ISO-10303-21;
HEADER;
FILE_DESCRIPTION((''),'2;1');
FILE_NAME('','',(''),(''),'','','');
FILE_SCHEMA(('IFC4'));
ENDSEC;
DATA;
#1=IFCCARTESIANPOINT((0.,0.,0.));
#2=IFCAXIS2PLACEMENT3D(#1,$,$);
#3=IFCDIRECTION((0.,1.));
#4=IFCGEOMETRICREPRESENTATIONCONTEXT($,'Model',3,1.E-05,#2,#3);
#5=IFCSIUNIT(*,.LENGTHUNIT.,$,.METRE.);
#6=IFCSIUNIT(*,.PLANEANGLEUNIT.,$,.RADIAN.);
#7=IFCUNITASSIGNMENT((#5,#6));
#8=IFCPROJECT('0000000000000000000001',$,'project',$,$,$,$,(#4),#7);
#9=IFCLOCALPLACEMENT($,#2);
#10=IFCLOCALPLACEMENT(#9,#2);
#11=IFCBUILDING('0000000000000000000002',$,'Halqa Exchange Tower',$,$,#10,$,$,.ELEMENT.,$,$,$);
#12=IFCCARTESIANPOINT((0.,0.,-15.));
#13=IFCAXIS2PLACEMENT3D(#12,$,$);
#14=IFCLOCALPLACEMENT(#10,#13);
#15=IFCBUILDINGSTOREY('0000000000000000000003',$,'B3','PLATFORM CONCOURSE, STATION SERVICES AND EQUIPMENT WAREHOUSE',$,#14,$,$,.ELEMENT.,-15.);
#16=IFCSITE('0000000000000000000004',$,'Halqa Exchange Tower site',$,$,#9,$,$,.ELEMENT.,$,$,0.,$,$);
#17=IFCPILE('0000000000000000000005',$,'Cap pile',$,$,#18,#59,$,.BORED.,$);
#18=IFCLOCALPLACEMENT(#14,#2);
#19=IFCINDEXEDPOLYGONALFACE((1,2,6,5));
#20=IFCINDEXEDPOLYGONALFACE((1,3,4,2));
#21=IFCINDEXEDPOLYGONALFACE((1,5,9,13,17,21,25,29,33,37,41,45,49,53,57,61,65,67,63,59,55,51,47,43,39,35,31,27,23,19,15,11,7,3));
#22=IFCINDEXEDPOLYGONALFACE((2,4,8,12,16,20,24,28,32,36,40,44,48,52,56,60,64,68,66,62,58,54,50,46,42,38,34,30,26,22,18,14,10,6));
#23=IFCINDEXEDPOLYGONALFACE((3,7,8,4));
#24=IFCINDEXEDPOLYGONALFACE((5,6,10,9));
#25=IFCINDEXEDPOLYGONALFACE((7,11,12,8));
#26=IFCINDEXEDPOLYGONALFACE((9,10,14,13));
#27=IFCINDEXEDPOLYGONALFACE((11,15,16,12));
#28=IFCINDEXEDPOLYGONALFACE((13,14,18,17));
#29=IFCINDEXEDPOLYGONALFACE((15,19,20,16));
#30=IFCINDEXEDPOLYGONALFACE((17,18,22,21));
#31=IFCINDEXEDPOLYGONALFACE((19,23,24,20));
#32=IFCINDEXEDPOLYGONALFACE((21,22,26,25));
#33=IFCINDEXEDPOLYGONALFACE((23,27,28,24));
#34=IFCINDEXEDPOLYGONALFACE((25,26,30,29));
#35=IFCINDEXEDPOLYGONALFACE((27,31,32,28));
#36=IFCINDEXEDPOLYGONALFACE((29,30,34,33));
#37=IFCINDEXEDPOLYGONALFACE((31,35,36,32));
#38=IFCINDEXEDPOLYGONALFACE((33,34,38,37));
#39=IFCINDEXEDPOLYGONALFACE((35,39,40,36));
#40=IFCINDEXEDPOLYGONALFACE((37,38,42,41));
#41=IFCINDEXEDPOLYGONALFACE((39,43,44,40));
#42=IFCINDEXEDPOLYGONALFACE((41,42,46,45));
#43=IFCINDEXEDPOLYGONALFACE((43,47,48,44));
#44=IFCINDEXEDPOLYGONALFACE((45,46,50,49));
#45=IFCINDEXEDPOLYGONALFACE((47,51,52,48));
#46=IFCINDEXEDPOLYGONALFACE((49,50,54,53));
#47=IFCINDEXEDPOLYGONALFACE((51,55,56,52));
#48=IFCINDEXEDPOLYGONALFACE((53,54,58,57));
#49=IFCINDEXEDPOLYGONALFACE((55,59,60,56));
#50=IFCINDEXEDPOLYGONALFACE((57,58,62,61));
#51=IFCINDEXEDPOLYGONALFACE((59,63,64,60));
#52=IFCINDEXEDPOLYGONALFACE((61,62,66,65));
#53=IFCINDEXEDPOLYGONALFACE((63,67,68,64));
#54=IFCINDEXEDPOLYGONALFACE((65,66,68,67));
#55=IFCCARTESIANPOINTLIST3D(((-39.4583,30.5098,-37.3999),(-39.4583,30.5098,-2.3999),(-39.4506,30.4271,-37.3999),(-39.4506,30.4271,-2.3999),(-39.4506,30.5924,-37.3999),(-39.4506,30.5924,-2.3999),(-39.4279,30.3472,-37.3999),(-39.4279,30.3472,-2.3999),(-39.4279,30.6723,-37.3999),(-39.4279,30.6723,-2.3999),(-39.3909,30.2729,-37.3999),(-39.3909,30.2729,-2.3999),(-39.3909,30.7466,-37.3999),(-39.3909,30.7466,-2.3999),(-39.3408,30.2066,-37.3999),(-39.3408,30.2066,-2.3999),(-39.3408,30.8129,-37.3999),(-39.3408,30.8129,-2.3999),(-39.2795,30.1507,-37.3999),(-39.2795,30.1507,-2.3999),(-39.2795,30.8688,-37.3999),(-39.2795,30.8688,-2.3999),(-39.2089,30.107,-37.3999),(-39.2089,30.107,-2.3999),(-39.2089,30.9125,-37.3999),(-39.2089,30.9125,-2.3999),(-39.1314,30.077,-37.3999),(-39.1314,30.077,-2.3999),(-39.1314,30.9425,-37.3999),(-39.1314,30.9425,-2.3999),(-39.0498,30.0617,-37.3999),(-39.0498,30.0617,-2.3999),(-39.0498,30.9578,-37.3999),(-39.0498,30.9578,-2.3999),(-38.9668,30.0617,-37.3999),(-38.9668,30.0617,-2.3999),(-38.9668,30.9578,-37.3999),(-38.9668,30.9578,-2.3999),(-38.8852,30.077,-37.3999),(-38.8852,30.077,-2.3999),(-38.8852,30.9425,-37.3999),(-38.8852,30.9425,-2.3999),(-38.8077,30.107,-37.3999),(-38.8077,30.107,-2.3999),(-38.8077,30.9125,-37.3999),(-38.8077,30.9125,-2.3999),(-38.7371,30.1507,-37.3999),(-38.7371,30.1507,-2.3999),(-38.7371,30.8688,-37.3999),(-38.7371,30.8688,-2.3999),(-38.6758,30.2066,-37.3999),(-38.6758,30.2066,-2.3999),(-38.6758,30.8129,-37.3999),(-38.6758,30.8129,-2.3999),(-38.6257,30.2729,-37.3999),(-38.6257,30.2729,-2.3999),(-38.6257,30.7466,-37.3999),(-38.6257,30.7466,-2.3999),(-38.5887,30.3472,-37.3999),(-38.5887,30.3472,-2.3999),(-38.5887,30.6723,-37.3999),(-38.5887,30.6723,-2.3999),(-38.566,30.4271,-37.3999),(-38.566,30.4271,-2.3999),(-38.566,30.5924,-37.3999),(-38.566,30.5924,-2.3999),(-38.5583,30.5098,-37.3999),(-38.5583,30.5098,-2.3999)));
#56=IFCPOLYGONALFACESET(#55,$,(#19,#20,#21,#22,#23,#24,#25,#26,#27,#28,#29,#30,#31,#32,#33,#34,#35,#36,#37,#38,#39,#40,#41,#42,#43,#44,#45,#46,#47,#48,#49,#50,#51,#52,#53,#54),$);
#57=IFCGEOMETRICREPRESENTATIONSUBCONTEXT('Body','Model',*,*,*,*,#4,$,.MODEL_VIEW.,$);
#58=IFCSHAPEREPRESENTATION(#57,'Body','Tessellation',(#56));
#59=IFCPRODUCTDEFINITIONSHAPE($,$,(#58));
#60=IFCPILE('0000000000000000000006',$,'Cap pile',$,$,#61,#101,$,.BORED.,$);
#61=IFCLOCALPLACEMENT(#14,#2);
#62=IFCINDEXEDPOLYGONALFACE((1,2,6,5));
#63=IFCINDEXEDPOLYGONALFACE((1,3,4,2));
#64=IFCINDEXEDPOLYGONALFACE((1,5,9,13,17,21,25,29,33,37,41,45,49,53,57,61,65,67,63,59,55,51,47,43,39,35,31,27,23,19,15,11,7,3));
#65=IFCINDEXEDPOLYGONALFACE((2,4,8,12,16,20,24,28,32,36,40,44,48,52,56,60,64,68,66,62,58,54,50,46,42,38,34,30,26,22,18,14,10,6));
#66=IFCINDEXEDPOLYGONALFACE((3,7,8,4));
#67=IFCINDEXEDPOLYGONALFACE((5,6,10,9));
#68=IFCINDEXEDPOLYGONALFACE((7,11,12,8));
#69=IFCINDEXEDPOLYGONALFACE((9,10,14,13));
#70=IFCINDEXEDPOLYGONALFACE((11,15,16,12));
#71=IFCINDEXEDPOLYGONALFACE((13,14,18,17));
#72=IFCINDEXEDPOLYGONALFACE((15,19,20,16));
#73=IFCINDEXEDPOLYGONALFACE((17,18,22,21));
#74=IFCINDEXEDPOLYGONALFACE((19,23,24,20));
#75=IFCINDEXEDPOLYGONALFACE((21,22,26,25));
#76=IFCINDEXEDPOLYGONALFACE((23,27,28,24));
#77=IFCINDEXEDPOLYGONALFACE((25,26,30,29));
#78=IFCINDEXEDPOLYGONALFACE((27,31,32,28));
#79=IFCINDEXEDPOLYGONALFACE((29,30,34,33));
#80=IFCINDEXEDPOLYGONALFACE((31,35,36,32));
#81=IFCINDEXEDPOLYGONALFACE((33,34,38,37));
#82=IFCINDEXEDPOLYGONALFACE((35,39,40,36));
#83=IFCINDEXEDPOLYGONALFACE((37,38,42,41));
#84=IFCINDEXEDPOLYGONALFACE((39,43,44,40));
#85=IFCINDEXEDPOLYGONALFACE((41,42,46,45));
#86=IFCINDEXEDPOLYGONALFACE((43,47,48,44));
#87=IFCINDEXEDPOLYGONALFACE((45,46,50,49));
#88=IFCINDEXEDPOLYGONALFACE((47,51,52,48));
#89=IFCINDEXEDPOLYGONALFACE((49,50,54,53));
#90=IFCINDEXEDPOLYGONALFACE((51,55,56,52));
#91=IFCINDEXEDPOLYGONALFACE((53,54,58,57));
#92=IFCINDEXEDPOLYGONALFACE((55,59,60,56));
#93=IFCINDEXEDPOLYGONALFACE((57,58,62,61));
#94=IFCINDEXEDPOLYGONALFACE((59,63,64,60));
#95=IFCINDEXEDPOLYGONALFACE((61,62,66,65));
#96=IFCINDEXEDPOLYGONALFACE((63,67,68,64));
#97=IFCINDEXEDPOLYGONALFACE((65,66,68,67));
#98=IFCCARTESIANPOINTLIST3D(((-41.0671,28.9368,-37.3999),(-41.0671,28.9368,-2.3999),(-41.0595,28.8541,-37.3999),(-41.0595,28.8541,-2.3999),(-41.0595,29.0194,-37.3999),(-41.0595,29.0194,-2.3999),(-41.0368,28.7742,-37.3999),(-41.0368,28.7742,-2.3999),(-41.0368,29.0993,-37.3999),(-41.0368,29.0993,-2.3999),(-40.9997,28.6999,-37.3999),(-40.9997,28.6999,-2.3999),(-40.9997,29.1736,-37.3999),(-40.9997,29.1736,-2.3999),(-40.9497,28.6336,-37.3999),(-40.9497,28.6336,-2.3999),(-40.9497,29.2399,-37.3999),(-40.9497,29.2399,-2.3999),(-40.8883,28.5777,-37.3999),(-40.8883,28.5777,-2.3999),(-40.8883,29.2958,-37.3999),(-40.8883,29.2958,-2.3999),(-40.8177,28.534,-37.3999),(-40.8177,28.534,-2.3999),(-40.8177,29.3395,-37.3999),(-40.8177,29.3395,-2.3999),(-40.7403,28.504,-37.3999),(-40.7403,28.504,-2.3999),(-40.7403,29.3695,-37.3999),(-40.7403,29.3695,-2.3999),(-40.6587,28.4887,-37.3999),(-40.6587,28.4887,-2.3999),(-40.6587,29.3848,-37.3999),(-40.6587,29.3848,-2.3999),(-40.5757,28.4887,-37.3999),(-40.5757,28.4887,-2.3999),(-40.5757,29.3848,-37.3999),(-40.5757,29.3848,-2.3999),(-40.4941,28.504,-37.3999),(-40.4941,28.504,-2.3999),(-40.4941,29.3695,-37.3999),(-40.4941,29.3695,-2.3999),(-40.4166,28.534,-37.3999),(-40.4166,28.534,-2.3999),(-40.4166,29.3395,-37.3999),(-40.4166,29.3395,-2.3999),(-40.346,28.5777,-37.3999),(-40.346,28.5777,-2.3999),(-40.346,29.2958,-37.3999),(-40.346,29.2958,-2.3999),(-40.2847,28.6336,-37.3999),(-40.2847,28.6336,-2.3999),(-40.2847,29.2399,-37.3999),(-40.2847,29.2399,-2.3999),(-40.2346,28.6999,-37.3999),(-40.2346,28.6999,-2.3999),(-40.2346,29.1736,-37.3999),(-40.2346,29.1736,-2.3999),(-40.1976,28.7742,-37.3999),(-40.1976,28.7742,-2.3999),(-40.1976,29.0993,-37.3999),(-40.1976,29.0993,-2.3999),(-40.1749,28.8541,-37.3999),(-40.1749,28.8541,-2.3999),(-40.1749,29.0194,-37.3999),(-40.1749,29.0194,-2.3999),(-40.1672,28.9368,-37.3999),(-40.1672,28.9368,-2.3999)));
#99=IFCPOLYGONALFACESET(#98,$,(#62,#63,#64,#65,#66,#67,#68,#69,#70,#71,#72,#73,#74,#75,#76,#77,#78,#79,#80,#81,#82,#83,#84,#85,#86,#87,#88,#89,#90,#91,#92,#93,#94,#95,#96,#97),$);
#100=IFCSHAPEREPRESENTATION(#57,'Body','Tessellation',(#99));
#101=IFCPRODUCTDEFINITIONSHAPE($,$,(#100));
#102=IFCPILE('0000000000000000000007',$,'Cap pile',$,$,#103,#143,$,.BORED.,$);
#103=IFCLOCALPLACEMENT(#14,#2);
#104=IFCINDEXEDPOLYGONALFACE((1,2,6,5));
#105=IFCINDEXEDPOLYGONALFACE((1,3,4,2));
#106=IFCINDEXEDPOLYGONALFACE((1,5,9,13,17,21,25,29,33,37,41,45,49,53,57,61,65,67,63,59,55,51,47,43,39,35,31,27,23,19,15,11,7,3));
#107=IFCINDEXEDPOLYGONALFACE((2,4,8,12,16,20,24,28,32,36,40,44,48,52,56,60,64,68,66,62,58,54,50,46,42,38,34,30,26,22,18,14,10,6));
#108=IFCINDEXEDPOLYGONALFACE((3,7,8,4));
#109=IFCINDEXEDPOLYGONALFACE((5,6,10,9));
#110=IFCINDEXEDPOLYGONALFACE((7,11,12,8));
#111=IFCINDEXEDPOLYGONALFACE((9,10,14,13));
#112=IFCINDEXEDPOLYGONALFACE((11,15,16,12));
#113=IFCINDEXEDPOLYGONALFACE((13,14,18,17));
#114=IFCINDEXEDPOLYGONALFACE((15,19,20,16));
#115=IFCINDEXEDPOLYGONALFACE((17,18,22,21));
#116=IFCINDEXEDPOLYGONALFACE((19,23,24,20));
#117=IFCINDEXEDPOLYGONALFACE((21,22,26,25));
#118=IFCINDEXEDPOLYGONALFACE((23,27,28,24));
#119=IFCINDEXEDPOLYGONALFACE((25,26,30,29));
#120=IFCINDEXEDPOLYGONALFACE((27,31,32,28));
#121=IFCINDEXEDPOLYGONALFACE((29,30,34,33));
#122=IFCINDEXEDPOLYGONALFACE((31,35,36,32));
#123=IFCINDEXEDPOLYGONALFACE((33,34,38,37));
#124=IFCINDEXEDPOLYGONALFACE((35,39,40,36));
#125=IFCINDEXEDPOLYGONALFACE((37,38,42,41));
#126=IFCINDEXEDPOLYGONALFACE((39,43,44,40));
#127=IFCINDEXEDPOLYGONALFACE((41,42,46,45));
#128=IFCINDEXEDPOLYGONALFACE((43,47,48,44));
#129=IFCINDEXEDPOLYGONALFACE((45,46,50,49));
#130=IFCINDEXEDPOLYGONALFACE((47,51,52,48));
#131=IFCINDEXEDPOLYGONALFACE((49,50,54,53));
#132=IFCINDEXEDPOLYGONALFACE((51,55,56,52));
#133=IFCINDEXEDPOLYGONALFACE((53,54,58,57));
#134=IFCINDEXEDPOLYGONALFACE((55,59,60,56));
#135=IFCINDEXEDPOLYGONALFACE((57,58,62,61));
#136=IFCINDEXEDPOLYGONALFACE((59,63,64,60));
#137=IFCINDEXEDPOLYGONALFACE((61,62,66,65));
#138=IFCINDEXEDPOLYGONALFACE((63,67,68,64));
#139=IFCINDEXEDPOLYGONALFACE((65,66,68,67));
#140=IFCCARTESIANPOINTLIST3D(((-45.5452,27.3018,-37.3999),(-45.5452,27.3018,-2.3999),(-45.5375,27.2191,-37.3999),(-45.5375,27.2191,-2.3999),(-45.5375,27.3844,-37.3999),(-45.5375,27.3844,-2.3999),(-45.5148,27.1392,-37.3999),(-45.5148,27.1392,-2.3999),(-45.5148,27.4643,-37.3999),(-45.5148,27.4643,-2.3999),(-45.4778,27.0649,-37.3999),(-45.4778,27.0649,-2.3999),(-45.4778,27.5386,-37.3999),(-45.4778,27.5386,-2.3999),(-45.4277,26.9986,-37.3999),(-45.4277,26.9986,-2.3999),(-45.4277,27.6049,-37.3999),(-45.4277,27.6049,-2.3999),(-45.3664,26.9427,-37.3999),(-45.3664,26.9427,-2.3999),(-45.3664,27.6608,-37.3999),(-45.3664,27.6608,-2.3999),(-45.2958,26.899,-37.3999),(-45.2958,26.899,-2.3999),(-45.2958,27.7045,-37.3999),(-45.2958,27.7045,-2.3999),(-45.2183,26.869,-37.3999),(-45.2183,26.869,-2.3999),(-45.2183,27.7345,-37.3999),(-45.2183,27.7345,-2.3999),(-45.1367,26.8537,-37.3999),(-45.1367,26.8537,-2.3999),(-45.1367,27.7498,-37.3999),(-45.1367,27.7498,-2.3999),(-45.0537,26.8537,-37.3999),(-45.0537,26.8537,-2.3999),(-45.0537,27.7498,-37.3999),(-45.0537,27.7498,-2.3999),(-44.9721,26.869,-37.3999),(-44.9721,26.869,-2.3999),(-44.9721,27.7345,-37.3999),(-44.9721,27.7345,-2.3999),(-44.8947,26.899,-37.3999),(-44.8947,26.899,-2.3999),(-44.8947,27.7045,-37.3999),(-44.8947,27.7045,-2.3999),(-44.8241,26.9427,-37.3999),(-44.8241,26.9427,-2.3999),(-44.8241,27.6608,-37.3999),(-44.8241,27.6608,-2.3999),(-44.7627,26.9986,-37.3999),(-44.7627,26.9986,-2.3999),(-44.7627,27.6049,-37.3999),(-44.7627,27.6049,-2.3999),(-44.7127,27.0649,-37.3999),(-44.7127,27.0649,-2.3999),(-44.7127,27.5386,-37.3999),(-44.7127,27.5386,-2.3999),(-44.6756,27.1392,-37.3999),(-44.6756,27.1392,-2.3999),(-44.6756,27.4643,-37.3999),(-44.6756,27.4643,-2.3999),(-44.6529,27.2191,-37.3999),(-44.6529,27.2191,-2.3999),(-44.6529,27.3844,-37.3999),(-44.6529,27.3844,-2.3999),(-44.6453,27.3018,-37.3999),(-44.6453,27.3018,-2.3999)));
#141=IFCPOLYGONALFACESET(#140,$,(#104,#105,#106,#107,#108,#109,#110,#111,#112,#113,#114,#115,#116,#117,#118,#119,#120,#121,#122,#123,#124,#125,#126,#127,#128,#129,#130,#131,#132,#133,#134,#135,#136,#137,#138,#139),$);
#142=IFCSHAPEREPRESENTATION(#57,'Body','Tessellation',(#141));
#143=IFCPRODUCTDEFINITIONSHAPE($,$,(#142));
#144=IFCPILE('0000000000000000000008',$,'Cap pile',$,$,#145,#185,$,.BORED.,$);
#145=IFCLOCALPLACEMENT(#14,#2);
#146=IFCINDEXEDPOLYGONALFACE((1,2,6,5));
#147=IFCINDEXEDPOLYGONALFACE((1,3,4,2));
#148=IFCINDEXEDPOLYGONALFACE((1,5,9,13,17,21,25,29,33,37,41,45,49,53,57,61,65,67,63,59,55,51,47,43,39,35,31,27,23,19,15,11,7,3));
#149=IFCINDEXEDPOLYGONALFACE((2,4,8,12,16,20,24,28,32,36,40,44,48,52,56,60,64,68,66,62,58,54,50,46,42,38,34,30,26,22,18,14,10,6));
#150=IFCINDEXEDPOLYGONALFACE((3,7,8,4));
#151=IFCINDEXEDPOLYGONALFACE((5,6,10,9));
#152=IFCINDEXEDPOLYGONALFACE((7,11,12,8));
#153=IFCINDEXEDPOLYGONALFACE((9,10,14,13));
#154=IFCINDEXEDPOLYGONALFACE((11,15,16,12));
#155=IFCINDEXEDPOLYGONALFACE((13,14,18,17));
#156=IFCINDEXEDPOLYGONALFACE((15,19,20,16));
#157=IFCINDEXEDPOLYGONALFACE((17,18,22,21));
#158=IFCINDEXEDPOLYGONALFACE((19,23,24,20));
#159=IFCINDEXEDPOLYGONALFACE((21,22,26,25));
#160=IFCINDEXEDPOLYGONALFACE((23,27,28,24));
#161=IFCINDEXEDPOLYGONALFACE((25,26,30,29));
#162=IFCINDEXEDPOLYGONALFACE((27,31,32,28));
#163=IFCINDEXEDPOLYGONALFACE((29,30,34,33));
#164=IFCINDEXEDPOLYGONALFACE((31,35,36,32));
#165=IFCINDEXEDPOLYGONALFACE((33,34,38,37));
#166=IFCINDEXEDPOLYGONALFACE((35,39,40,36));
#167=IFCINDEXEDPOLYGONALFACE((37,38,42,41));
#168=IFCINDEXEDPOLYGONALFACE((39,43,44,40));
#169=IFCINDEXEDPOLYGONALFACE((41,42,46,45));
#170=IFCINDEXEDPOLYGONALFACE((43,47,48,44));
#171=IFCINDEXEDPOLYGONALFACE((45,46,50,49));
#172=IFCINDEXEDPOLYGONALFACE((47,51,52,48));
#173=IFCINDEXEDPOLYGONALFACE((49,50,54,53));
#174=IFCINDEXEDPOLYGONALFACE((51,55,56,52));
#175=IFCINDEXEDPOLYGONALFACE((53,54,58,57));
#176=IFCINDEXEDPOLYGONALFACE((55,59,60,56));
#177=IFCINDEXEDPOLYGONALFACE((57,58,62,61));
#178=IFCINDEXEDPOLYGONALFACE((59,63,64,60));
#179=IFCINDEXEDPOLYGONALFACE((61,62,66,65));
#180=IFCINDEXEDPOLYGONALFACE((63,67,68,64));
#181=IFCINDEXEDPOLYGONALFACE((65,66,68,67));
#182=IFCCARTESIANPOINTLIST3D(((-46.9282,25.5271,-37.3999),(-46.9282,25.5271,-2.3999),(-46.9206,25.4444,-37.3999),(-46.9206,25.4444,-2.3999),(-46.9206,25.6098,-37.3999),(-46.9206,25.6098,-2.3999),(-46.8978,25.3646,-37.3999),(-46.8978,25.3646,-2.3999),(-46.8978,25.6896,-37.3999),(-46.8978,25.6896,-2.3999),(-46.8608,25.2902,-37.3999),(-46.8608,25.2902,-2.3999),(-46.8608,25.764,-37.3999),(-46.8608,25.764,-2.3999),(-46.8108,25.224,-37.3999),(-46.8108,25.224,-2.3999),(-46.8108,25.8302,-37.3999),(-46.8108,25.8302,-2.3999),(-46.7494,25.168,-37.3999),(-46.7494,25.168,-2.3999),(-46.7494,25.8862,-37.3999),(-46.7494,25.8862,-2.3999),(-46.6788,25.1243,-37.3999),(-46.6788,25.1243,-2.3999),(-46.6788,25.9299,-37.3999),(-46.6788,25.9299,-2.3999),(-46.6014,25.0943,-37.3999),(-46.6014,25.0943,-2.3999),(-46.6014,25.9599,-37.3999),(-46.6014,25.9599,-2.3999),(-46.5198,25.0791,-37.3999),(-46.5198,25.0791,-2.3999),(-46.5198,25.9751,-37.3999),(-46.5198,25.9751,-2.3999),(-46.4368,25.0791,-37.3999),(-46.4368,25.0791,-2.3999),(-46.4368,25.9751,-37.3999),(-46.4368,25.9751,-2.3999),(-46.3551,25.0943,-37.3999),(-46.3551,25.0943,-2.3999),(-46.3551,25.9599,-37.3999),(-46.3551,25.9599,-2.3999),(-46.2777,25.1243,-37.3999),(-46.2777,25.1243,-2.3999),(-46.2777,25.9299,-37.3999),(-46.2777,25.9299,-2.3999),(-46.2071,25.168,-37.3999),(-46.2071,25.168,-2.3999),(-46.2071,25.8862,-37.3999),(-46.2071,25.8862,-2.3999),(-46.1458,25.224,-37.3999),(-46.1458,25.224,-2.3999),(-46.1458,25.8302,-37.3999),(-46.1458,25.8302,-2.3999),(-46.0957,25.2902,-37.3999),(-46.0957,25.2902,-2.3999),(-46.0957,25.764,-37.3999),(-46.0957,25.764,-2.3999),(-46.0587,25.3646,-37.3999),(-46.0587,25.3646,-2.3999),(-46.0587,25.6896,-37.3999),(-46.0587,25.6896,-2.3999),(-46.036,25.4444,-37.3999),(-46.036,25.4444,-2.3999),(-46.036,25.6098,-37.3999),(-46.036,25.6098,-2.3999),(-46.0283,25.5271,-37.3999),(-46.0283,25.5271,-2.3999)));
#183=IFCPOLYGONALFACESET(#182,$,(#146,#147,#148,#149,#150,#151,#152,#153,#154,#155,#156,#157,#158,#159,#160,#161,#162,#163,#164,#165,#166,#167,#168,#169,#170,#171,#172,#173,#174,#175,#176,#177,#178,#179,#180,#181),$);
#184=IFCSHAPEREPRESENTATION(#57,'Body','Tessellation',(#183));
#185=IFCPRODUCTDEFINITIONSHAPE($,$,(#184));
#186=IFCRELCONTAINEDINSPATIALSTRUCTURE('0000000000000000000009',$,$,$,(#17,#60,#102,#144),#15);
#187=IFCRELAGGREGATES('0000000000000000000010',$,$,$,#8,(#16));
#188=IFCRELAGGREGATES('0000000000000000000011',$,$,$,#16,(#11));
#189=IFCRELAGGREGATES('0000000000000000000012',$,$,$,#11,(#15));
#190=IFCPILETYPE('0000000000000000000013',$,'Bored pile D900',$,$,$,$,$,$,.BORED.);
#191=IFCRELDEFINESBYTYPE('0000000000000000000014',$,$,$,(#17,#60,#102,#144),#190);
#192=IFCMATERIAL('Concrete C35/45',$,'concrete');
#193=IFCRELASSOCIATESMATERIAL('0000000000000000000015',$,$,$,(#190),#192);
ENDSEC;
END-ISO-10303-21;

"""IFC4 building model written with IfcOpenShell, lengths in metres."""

from ifc_helpers import new_model, si_unit, direction, frame, origin, origin_2d, place, context, subcontext, project, spatial, circle, extrude, material, material_profile, profile_set, type_object, element, save


model = new_model("IFC4")

# Units and contexts
model_context = context("Model", 3, precision=1e-05, world=origin(), true_north=direction((0.0, 1.0)))
body_context = subcontext(model_context, "Body", "Model", "MODEL_VIEW")
ifc_project = project(units=[si_unit("LENGTHUNIT", "METRE"), si_unit("PLANEANGLEUNIT", "RADIAN")], contexts=[model_context])

# Site, building, storey
site_placement = place(None, origin())
site = spatial("IfcSite", under=ifc_project, at=site_placement, Name="Halqa Exchange Tower site", CompositionType="ELEMENT", RefElevation=0.0)
building_placement = place(site_placement, origin())
building = spatial("IfcBuilding", under=site, at=building_placement, Name="Halqa Exchange Tower", CompositionType="ELEMENT")
storey_placement = place(building_placement, frame((0.0, 0.0, -15.0)))
storey = spatial("IfcBuildingStorey", under=building, at=storey_placement, Name="B3", Description="PLATFORM CONCOURSE, STATION SERVICES AND EQUIPMENT WAREHOUSE", CompositionType="ELEMENT", Elevation=-15.0)

# Piles
ifc_material_1 = material(Name="Concrete C35/45", Category="concrete")
ifc_material_profile_1 = material_profile(ifc_material_1, circle(Radius=0.45, at=origin_2d()), Name="D900")
ifc_profile_set_1 = profile_set([ifc_material_profile_1], Name="Concrete C35/45")
pile_type = type_object("IfcPileType", Name="Bored pile D900", PredefinedType="BORED", material=ifc_profile_set_1)
for number, where, z_axis, x_axis, name in (
    (1, (-39.0083, 30.5098, -2.3999), (0.0, 0.0, -1.0), (1.0, 0.0, 0.0), "Cap pile"),
    (2, (-40.6172, 28.9368, -2.3999), (0.0, 0.0, -1.0), (1.0, 0.0, 0.0), "Cap pile"),
    (3, (-45.0952, 27.3018, -2.3999), (0.0, 0.0, -1.0), (1.0, 0.0, 0.0), "Cap pile"),
    (4, (-46.4783, 25.5271, -2.3999), (0.0, 0.0, -1.0), (1.0, 0.0, 0.0), "Cap pile"),
):
    element("IfcPile", number, at=place(storey_placement, frame(where, z_axis=z_axis, x_axis=x_axis)), inside=storey, type_object=pile_type, Name=name, PredefinedType="BORED", context=body_context, shape_type="SweptSolid", body=[
        extrude(circle(Radius=0.45, at=origin_2d()), origin(), (0.0, 0.0, 1.0), 35.0),
    ])

save(model, "model.ifc")
